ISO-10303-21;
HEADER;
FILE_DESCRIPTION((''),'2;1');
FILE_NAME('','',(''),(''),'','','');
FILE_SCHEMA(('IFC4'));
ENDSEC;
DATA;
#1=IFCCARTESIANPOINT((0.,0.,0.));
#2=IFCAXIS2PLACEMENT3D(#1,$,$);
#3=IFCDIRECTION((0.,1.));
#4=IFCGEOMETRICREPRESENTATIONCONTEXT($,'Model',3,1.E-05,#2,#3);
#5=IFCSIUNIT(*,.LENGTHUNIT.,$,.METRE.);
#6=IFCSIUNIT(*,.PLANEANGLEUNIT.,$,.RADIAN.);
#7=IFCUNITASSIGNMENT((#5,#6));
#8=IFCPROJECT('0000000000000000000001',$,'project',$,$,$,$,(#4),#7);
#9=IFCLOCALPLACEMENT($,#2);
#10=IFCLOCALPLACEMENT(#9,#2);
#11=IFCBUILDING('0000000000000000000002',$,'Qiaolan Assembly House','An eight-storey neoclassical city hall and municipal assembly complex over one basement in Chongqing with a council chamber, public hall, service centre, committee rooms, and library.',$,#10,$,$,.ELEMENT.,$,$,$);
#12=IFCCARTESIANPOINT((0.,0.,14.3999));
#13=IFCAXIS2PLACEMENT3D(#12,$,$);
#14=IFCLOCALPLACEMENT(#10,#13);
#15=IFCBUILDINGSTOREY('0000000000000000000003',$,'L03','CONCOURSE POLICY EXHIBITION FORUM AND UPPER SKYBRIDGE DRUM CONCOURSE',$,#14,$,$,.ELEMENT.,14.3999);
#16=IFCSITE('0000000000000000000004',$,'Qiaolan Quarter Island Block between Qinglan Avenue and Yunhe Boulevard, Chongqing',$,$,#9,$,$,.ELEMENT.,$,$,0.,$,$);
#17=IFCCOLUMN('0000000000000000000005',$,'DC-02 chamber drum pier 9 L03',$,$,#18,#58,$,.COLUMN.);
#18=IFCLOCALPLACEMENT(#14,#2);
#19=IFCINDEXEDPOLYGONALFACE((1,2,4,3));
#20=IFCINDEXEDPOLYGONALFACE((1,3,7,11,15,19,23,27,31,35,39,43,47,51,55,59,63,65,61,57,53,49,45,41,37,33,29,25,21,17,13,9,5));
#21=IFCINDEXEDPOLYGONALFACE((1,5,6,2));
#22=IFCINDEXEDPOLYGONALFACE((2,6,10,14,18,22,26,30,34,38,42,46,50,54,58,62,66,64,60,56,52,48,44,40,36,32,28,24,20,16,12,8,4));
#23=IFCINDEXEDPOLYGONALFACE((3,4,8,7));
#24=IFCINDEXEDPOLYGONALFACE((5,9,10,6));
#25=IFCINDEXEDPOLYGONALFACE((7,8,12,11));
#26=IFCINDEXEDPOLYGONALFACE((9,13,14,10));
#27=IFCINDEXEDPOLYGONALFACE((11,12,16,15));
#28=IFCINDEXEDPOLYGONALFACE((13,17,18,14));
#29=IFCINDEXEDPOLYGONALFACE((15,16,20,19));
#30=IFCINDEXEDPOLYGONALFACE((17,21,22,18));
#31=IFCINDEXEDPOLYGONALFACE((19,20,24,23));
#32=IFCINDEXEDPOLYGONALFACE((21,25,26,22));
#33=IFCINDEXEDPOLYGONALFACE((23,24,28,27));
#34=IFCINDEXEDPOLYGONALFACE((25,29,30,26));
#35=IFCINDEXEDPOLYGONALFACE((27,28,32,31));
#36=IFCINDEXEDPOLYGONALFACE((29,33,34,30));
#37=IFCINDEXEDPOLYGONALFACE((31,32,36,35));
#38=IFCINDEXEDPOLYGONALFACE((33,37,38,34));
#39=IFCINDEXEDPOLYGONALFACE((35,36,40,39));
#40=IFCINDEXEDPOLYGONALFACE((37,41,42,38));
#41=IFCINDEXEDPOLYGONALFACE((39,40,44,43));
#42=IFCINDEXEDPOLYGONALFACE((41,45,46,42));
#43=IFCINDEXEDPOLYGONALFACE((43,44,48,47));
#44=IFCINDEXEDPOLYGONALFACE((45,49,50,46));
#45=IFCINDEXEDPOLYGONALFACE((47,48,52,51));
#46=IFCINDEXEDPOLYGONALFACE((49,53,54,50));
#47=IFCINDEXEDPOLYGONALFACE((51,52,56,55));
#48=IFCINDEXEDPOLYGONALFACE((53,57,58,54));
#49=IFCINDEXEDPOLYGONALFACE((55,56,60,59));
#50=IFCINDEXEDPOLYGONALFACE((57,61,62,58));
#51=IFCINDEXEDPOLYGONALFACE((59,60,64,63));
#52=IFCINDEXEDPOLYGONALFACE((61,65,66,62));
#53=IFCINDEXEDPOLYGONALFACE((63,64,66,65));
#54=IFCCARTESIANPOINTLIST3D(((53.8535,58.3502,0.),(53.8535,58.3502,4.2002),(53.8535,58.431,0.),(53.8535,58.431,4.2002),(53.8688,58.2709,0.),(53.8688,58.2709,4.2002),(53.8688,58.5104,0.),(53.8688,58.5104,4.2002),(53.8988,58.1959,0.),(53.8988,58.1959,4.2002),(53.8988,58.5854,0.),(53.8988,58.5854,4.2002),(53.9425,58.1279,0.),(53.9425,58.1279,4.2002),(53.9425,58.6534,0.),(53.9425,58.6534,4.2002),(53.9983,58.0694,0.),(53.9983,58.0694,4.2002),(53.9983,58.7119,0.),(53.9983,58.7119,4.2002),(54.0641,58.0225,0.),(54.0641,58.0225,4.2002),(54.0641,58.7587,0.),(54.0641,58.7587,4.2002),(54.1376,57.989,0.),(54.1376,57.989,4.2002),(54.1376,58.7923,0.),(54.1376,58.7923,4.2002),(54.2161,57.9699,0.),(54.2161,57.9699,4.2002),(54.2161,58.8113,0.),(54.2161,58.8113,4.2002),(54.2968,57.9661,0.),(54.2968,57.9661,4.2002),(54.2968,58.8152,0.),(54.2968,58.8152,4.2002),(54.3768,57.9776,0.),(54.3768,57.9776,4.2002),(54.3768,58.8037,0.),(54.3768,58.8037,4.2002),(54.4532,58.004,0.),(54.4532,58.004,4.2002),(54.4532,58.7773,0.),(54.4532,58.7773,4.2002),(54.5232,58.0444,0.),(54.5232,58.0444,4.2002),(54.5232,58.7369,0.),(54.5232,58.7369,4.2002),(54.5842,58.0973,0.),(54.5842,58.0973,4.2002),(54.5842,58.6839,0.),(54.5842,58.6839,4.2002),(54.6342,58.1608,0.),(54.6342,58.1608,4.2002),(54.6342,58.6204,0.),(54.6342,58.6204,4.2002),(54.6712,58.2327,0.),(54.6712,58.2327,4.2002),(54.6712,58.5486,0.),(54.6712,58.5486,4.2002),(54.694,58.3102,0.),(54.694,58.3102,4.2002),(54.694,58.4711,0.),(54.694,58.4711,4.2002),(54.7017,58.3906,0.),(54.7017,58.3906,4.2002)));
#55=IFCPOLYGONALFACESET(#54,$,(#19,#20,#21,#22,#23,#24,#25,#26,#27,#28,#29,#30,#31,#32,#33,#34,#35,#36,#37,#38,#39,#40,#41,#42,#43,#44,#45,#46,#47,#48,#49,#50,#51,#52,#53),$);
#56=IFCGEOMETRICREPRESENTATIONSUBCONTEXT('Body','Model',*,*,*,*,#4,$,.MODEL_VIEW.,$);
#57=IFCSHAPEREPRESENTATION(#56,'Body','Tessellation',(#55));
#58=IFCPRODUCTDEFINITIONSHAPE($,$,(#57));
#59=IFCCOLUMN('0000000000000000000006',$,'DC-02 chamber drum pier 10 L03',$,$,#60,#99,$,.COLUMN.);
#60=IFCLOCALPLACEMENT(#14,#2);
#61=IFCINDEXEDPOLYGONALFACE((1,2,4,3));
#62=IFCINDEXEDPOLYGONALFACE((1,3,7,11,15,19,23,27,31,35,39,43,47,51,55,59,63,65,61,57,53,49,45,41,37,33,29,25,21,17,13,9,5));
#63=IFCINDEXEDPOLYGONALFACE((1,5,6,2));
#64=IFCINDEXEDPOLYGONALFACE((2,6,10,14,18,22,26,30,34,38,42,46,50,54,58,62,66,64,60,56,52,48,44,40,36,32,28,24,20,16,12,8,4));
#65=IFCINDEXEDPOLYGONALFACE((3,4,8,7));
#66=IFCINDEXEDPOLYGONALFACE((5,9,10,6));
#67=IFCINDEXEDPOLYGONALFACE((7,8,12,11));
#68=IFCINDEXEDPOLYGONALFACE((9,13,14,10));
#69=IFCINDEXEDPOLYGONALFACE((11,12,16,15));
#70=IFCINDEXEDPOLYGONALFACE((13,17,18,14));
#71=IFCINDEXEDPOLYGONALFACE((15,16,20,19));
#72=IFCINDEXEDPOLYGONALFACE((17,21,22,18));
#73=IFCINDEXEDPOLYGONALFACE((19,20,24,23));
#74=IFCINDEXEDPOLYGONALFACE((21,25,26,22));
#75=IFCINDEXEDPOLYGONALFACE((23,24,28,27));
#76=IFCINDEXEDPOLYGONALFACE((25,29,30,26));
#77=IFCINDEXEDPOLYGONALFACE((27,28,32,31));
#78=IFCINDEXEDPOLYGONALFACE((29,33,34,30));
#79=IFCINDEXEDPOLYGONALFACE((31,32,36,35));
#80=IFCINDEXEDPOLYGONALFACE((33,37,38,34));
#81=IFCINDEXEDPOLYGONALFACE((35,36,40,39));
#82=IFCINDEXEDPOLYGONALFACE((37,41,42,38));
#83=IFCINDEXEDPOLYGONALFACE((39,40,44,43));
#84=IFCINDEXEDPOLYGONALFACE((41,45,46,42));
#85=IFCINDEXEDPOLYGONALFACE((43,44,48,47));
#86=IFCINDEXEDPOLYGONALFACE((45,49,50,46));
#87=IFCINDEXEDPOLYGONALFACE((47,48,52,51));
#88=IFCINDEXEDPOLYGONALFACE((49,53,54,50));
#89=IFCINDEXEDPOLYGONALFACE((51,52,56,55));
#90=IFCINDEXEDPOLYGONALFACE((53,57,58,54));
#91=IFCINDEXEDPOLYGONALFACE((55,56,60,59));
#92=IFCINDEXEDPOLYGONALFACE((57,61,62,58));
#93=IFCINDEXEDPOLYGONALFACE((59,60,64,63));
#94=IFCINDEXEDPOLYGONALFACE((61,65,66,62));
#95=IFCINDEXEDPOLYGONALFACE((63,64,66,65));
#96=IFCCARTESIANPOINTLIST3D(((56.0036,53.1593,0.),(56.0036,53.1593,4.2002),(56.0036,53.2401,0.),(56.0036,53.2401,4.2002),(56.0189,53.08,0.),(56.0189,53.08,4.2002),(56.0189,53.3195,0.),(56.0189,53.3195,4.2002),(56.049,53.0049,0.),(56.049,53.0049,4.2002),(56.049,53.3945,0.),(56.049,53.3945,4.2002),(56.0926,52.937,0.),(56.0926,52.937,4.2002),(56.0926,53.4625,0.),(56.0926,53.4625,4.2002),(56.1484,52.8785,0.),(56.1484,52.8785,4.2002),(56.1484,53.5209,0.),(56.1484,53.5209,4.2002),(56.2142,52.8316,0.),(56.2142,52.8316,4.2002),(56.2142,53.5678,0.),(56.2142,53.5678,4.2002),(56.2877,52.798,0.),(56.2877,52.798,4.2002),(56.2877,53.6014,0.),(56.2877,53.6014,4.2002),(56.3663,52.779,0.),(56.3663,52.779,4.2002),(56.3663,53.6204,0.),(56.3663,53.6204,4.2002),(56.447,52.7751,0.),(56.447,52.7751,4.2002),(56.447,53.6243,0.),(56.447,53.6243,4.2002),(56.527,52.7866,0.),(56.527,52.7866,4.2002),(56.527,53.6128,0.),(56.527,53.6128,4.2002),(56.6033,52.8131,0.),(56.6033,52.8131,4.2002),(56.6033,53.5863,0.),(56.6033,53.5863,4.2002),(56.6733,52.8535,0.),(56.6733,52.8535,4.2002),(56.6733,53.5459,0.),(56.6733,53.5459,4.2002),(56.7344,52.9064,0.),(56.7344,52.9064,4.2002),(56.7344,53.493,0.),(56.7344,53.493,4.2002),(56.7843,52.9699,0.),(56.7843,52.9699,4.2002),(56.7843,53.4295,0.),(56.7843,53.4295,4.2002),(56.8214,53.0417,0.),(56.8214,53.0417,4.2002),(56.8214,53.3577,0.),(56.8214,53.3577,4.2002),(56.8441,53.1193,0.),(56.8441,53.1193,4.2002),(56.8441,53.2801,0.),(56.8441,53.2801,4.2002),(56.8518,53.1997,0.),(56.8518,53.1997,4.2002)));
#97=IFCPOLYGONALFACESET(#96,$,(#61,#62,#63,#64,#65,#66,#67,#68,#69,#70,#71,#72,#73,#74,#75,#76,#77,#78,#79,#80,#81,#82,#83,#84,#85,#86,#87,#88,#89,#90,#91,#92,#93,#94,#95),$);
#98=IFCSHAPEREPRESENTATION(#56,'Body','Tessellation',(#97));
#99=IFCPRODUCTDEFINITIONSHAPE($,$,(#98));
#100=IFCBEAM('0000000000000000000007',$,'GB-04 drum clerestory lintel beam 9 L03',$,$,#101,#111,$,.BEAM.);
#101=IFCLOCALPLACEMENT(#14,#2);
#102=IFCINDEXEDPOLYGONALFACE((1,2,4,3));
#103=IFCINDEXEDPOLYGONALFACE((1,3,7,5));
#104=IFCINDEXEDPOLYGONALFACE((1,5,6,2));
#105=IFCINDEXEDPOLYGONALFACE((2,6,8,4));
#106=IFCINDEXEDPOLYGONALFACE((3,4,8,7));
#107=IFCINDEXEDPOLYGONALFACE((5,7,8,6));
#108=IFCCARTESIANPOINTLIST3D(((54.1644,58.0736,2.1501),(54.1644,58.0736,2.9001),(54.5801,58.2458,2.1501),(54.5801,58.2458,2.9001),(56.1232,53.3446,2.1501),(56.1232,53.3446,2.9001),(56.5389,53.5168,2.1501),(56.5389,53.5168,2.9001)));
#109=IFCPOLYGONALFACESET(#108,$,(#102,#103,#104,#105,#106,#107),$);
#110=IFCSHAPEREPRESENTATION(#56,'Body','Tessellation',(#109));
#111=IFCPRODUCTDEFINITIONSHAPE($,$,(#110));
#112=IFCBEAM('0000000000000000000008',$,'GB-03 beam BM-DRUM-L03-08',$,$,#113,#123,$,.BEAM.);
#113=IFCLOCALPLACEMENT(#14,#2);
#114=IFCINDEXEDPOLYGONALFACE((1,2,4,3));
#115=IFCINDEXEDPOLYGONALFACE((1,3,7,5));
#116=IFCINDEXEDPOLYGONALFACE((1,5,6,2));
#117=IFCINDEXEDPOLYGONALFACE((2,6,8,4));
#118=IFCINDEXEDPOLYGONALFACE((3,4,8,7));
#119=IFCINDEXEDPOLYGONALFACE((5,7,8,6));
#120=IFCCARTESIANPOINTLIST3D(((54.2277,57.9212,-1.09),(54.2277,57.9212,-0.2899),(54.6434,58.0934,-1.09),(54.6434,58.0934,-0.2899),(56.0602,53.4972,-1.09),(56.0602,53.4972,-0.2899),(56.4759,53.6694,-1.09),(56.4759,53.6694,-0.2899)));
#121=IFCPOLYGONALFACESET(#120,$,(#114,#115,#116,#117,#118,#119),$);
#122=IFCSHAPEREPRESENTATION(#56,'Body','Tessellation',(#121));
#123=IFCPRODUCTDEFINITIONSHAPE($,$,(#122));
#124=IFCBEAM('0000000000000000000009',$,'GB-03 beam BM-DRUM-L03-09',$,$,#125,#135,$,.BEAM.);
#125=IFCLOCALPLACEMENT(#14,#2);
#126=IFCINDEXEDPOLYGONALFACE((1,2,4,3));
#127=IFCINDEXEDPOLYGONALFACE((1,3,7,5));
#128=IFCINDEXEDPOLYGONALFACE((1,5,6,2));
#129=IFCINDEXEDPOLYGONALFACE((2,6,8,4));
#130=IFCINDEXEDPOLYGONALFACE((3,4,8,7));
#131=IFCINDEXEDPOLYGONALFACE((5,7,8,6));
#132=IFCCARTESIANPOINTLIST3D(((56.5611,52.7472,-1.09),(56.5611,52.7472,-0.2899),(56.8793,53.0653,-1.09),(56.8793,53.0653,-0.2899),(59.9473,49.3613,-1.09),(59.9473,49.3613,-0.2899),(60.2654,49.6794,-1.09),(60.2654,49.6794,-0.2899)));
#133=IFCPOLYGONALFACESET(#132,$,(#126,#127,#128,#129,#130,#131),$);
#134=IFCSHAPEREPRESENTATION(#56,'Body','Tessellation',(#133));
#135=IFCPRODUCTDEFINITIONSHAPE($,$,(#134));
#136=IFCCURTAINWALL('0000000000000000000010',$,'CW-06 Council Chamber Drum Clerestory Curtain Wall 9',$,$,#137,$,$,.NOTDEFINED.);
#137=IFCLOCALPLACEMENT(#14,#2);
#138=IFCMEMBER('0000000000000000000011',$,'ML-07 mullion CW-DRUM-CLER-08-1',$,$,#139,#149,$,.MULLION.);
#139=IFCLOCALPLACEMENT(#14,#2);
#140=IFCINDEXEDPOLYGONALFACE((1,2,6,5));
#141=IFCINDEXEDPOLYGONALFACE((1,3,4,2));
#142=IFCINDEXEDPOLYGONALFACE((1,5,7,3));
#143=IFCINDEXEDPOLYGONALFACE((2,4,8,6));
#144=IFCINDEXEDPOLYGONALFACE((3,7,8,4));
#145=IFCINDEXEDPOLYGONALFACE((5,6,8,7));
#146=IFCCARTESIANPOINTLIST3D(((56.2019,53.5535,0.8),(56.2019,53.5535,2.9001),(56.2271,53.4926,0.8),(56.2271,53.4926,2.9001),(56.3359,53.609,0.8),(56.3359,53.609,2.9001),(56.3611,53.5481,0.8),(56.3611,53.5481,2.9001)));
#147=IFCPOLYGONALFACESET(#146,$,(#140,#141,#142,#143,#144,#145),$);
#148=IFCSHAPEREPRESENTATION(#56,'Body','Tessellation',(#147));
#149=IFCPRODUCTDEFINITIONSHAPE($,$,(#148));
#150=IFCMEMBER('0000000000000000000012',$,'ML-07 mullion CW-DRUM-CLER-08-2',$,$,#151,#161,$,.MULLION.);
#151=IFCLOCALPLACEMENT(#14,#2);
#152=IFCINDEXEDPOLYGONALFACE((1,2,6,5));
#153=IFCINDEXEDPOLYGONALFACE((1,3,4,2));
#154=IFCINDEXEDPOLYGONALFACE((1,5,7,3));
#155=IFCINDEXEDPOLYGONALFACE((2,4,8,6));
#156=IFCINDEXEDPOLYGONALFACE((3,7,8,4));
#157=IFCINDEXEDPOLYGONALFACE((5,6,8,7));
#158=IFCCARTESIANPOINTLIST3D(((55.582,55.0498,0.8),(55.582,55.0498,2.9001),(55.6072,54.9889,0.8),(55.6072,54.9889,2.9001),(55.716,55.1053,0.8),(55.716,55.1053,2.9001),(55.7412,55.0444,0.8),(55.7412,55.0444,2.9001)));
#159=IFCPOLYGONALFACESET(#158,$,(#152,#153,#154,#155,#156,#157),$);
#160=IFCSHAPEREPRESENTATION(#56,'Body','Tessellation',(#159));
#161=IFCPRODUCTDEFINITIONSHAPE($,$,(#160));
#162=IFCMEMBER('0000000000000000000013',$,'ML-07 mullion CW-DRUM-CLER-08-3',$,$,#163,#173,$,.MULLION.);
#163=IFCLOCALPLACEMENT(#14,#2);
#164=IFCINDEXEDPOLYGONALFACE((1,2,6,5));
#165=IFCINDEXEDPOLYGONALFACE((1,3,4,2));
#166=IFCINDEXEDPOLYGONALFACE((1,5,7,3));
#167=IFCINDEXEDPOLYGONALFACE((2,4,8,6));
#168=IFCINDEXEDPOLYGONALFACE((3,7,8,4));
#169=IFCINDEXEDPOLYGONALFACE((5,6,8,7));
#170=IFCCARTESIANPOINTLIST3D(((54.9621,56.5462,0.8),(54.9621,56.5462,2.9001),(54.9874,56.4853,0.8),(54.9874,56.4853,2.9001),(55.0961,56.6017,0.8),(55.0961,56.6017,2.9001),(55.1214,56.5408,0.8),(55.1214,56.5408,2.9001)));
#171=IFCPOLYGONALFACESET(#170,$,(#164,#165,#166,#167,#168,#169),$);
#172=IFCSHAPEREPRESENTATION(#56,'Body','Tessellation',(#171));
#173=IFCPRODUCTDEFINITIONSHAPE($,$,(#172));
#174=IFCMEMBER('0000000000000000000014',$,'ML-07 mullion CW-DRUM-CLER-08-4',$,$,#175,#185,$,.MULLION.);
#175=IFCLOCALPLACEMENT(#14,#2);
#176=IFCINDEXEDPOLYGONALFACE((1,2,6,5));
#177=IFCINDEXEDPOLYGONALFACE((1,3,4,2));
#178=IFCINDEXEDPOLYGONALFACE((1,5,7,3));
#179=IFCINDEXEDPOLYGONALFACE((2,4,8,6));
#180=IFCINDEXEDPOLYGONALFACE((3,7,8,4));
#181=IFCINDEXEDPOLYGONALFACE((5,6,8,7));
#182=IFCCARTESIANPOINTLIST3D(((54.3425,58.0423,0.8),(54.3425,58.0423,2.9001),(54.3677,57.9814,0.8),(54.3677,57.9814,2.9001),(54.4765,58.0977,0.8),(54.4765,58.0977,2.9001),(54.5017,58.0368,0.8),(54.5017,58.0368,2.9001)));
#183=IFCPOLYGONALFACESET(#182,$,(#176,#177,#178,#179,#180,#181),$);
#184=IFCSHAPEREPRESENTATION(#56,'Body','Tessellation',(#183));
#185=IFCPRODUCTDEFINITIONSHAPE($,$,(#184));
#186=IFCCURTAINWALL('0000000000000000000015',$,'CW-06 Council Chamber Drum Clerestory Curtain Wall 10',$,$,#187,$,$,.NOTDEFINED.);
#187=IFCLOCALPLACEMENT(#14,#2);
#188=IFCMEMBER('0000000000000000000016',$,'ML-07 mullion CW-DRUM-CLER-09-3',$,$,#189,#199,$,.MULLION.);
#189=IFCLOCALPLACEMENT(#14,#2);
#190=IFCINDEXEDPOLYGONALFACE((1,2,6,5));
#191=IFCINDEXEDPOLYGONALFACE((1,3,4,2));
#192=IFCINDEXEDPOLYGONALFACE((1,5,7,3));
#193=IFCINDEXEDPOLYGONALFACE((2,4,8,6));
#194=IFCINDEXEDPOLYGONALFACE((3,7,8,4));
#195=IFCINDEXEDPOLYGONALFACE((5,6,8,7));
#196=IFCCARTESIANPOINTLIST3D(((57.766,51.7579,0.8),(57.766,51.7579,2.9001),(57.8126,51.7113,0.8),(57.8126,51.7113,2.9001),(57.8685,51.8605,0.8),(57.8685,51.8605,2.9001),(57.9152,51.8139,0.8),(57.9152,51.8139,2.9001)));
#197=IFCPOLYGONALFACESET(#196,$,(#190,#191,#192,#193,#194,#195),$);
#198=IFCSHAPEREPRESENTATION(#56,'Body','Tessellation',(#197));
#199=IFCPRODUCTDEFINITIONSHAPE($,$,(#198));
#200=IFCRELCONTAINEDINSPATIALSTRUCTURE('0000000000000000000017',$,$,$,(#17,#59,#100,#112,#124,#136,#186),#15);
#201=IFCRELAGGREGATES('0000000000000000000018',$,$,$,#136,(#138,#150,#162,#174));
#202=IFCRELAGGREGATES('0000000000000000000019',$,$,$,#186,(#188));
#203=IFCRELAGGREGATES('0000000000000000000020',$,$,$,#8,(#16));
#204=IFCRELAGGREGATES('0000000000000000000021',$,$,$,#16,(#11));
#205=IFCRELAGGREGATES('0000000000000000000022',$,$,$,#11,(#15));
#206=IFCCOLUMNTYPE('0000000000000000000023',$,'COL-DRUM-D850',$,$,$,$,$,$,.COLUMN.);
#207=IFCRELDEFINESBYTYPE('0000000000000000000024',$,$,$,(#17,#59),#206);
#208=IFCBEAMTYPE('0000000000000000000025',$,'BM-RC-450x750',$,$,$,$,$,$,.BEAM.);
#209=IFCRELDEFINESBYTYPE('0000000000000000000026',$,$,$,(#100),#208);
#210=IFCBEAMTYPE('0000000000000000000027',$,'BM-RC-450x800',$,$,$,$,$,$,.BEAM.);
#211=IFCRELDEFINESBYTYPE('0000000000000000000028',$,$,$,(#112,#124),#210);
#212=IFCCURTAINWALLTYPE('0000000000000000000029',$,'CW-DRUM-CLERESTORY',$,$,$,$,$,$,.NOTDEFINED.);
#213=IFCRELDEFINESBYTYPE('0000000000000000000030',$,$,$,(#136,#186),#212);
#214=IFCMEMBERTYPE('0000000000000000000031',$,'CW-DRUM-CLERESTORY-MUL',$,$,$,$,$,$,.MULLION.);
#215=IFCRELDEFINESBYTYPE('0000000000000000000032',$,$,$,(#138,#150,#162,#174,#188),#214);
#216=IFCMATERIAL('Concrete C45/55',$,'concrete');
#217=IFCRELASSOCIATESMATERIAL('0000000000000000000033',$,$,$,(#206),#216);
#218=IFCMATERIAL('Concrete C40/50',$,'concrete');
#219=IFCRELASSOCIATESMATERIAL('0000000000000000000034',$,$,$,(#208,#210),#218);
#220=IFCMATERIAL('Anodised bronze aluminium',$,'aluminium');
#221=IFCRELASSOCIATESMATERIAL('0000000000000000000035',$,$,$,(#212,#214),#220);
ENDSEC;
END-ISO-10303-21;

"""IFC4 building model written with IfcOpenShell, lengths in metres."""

from ifc_helpers import new_model, si_unit, direction, frame, origin, origin_2d, place, context, subcontext, project, spatial, rectangle, circle, extrude, material, material_profile, profile_set, type_object, element, aggregate, save


model = new_model("IFC4")

# Units and contexts
model_context = context("Model", 3, precision=1e-05, world=origin(), true_north=direction((0.0, 1.0)))
body_context = subcontext(model_context, "Body", "Model", "MODEL_VIEW")
ifc_project = project(units=[si_unit("LENGTHUNIT", "METRE"), si_unit("PLANEANGLEUNIT", "RADIAN")], contexts=[model_context])

# Site, building, storey
site_placement = place(None, origin())
site = spatial("IfcSite", under=ifc_project, at=site_placement, Name="Qiaolan Quarter Island Block between Qinglan Avenue and Yunhe Boulevard, Chongqing", CompositionType="ELEMENT", RefElevation=0.0)
building_placement = place(site_placement, origin())
building = spatial("IfcBuilding", under=site, at=building_placement, Name="Qiaolan Assembly House", Description="An eight-storey neoclassical city hall and municipal assembly complex over one basement in Chongqing with a council chamber, public hall, service centre, committee rooms, and library.", CompositionType="ELEMENT")
storey_placement = place(building_placement, frame((0.0, 0.0, 14.3999)))
storey = spatial("IfcBuildingStorey", under=building, at=storey_placement, Name="L03", Description="CONCOURSE POLICY EXHIBITION FORUM AND UPPER SKYBRIDGE DRUM CONCOURSE", CompositionType="ELEMENT", Elevation=14.3999)

# Columns
ifc_material_1 = material(Name="Concrete C45/55", Category="concrete")
ifc_material_profile_1 = material_profile(ifc_material_1, circle(Radius=0.425, at=origin_2d()), Name="CIRC D850")
ifc_profile_set_1 = profile_set([ifc_material_profile_1], Name="Concrete C45/55")
column_type = type_object("IfcColumnType", Name="COL-DRUM-D850", PredefinedType="COLUMN", material=ifc_profile_set_1)
for number, where, z_axis, x_axis, name in (
    (1, (54.2766, 58.3906, 0.0), (0.0, 0.0, 1.0), (1.0, 0.0, 0.0), "DC-02 chamber drum pier 9 L03"),
    (2, (56.4268, 53.1997, 0.0), (0.0, 0.0, 1.0), (1.0, 0.0, 0.0), "DC-02 chamber drum pier 10 L03"),
):
    element("IfcColumn", number, at=place(storey_placement, frame(where, z_axis=z_axis, x_axis=x_axis)), inside=storey, type_object=column_type, Name=name, PredefinedType="COLUMN", context=body_context, shape_type="SweptSolid", body=[
        extrude(circle(Radius=0.425, at=origin_2d()), origin(), (0.0, 0.0, 1.0), 4.2002),
    ])

# Beams
ifc_material_2 = material(Name="Concrete C40/50", Category="concrete")
ifc_material_profile_2 = material_profile(ifc_material_2, rectangle(XDim=0.45, YDim=0.75, at=origin_2d()), Name="RCB 450x750")
ifc_profile_set_2 = profile_set([ifc_material_profile_2], Name="Concrete C40/50")
beam_type_1 = type_object("IfcBeamType", Name="BM-RC-450x750", PredefinedType="BEAM", material=ifc_profile_set_2)
beam_placement = place(storey_placement, frame((56.3311, 53.4307, 2.5251), z_axis=(-0.382671, 0.923885, 0.0), x_axis=(-0.923885, -0.382671, 0.0)))
element("IfcBeam", 3, at=beam_placement, inside=storey, type_object=beam_type_1, Name="GB-04 drum clerestory lintel beam 9 L03", PredefinedType="BEAM", context=body_context, shape_type="SweptSolid", body=[
    extrude(rectangle(XDim=0.45, YDim=0.75, at=origin_2d()), origin(), (0.0, 0.0, 1.0), 5.1187),
])
ifc_material_profile_3 = material_profile(ifc_material_2, rectangle(XDim=0.45, YDim=0.8, at=origin_2d()), Name="RCB 450x800")
ifc_profile_set_3 = profile_set([ifc_material_profile_3], Name="Concrete C40/50")
beam_type_2 = type_object("IfcBeamType", Name="BM-RC-450x800", PredefinedType="BEAM", material=ifc_profile_set_3)
for number, where, z_axis, x_axis, name in (
    (4, (54.4355, 58.0073, -0.6899), (0.382685, -0.923879, 0.0), (0.923879, 0.382685, 0.0), "GB-03 beam BM-DRUM-L03-08"),
    (5, (56.7202, 52.9062, -0.6899), (0.707132, -0.707081, 0.0), (0.707081, 0.707132, 0.0), "GB-03 beam BM-DRUM-L03-09"),
):
    element("IfcBeam", number, at=place(storey_placement, frame(where, z_axis=z_axis, x_axis=x_axis)), inside=storey, type_object=beam_type_2, Name=name, PredefinedType="BEAM", context=body_context, shape_type="SweptSolid", body=[
        extrude(rectangle(XDim=0.45, YDim=0.8, at=origin_2d()), origin(), (0.0, 0.0, 1.0), 4.7886),
    ])

# Curtain walls, members
ifc_material_3 = material(Name="Anodised bronze aluminium", Category="aluminium")
curtain_wall_type = type_object("IfcCurtainWallType", Name="CW-DRUM-CLERESTORY", PredefinedType="NOTDEFINED", material=ifc_material_3)
curtain_wall_1_placement = place(storey_placement, origin())
curtain_wall_1 = element("IfcCurtainWall", 6, at=curtain_wall_1_placement, inside=storey, type_object=curtain_wall_type, Name="CW-06 Council Chamber Drum Clerestory Curtain Wall 9", PredefinedType="NOTDEFINED")
ifc_material_profile_4 = material_profile(ifc_material_3, rectangle(XDim=0.0659, YDim=0.145, at=origin_2d()), Name="MUL 66x145")
ifc_profile_set_4 = profile_set([ifc_material_profile_4], Name="Anodised bronze aluminium")
member_type_1 = type_object("IfcMemberType", Name="CW-DRUM-CLERESTORY-MUL", PredefinedType="MULLION", material=ifc_profile_set_4)
member_1_placement = place(storey_placement, frame((56.2815, 53.5508, 0.8), z_axis=(0.0, 0.0, 1.0), x_axis=(-0.382683, 0.92388, 0.0)))
member_1 = element("IfcMember", 7, at=member_1_placement, type_object=member_type_1, Name="ML-07 mullion CW-DRUM-CLER-08-1", PredefinedType="MULLION", context=body_context, shape_type="SweptSolid", body=[
    extrude(rectangle(XDim=0.0659, YDim=0.145, at=origin_2d()), origin(), (0.0, 0.0, 1.0), 2.1001),
])
member_2_placement = place(storey_placement, frame((55.6616, 55.0471, 0.8), z_axis=(0.0, 0.0, 1.0), x_axis=(-0.382683, 0.92388, 0.0)))
member_2 = element("IfcMember", 8, at=member_2_placement, type_object=member_type_1, Name="ML-07 mullion CW-DRUM-CLER-08-2", PredefinedType="MULLION", context=body_context, shape_type="SweptSolid", body=[
    extrude(rectangle(XDim=0.0659, YDim=0.145, at=origin_2d()), origin(), (0.0, 0.0, 1.0), 2.1001),
])
member_3_placement = place(storey_placement, frame((55.0417, 56.5435, 0.8), z_axis=(0.0, 0.0, 1.0), x_axis=(-0.382683, 0.92388, 0.0)))
member_3 = element("IfcMember", 9, at=member_3_placement, type_object=member_type_1, Name="ML-07 mullion CW-DRUM-CLER-08-3", PredefinedType="MULLION", context=body_context, shape_type="SweptSolid", body=[
    extrude(rectangle(XDim=0.0659, YDim=0.145, at=origin_2d()), origin(), (0.0, 0.0, 1.0), 2.1001),
])
member_4_placement = place(storey_placement, frame((54.4221, 58.0396, 0.8), z_axis=(0.0, 0.0, 1.0), x_axis=(-0.382683, 0.92388, 0.0)))
member_4 = element("IfcMember", 10, at=member_4_placement, type_object=member_type_1, Name="ML-07 mullion CW-DRUM-CLER-08-4", PredefinedType="MULLION", context=body_context, shape_type="SweptSolid", body=[
    extrude(rectangle(XDim=0.0659, YDim=0.145, at=origin_2d()), origin(), (0.0, 0.0, 1.0), 2.1001),
])
curtain_wall_2_placement = place(storey_placement, origin())
curtain_wall_2 = element("IfcCurtainWall", 11, at=curtain_wall_2_placement, inside=storey, type_object=curtain_wall_type, Name="CW-06 Council Chamber Drum Clerestory Curtain Wall 10", PredefinedType="NOTDEFINED")
member_5_placement = place(storey_placement, frame((57.8406, 51.7859, 0.8), z_axis=(0.0, 0.0, 1.0), x_axis=(-0.707107, 0.707107, 0.0)))
member_5 = element("IfcMember", 12, at=member_5_placement, type_object=member_type_1, Name="ML-07 mullion CW-DRUM-CLER-09-3", PredefinedType="MULLION", context=body_context, shape_type="SweptSolid", body=[
    extrude(rectangle(XDim=0.0659, YDim=0.145, at=origin_2d()), origin(), (0.0, 0.0, 1.0), 2.1001),
])

aggregate(curtain_wall_1, [member_1, member_2, member_3, member_4])
aggregate(curtain_wall_2, [member_5])

save(model, "model.ifc")
